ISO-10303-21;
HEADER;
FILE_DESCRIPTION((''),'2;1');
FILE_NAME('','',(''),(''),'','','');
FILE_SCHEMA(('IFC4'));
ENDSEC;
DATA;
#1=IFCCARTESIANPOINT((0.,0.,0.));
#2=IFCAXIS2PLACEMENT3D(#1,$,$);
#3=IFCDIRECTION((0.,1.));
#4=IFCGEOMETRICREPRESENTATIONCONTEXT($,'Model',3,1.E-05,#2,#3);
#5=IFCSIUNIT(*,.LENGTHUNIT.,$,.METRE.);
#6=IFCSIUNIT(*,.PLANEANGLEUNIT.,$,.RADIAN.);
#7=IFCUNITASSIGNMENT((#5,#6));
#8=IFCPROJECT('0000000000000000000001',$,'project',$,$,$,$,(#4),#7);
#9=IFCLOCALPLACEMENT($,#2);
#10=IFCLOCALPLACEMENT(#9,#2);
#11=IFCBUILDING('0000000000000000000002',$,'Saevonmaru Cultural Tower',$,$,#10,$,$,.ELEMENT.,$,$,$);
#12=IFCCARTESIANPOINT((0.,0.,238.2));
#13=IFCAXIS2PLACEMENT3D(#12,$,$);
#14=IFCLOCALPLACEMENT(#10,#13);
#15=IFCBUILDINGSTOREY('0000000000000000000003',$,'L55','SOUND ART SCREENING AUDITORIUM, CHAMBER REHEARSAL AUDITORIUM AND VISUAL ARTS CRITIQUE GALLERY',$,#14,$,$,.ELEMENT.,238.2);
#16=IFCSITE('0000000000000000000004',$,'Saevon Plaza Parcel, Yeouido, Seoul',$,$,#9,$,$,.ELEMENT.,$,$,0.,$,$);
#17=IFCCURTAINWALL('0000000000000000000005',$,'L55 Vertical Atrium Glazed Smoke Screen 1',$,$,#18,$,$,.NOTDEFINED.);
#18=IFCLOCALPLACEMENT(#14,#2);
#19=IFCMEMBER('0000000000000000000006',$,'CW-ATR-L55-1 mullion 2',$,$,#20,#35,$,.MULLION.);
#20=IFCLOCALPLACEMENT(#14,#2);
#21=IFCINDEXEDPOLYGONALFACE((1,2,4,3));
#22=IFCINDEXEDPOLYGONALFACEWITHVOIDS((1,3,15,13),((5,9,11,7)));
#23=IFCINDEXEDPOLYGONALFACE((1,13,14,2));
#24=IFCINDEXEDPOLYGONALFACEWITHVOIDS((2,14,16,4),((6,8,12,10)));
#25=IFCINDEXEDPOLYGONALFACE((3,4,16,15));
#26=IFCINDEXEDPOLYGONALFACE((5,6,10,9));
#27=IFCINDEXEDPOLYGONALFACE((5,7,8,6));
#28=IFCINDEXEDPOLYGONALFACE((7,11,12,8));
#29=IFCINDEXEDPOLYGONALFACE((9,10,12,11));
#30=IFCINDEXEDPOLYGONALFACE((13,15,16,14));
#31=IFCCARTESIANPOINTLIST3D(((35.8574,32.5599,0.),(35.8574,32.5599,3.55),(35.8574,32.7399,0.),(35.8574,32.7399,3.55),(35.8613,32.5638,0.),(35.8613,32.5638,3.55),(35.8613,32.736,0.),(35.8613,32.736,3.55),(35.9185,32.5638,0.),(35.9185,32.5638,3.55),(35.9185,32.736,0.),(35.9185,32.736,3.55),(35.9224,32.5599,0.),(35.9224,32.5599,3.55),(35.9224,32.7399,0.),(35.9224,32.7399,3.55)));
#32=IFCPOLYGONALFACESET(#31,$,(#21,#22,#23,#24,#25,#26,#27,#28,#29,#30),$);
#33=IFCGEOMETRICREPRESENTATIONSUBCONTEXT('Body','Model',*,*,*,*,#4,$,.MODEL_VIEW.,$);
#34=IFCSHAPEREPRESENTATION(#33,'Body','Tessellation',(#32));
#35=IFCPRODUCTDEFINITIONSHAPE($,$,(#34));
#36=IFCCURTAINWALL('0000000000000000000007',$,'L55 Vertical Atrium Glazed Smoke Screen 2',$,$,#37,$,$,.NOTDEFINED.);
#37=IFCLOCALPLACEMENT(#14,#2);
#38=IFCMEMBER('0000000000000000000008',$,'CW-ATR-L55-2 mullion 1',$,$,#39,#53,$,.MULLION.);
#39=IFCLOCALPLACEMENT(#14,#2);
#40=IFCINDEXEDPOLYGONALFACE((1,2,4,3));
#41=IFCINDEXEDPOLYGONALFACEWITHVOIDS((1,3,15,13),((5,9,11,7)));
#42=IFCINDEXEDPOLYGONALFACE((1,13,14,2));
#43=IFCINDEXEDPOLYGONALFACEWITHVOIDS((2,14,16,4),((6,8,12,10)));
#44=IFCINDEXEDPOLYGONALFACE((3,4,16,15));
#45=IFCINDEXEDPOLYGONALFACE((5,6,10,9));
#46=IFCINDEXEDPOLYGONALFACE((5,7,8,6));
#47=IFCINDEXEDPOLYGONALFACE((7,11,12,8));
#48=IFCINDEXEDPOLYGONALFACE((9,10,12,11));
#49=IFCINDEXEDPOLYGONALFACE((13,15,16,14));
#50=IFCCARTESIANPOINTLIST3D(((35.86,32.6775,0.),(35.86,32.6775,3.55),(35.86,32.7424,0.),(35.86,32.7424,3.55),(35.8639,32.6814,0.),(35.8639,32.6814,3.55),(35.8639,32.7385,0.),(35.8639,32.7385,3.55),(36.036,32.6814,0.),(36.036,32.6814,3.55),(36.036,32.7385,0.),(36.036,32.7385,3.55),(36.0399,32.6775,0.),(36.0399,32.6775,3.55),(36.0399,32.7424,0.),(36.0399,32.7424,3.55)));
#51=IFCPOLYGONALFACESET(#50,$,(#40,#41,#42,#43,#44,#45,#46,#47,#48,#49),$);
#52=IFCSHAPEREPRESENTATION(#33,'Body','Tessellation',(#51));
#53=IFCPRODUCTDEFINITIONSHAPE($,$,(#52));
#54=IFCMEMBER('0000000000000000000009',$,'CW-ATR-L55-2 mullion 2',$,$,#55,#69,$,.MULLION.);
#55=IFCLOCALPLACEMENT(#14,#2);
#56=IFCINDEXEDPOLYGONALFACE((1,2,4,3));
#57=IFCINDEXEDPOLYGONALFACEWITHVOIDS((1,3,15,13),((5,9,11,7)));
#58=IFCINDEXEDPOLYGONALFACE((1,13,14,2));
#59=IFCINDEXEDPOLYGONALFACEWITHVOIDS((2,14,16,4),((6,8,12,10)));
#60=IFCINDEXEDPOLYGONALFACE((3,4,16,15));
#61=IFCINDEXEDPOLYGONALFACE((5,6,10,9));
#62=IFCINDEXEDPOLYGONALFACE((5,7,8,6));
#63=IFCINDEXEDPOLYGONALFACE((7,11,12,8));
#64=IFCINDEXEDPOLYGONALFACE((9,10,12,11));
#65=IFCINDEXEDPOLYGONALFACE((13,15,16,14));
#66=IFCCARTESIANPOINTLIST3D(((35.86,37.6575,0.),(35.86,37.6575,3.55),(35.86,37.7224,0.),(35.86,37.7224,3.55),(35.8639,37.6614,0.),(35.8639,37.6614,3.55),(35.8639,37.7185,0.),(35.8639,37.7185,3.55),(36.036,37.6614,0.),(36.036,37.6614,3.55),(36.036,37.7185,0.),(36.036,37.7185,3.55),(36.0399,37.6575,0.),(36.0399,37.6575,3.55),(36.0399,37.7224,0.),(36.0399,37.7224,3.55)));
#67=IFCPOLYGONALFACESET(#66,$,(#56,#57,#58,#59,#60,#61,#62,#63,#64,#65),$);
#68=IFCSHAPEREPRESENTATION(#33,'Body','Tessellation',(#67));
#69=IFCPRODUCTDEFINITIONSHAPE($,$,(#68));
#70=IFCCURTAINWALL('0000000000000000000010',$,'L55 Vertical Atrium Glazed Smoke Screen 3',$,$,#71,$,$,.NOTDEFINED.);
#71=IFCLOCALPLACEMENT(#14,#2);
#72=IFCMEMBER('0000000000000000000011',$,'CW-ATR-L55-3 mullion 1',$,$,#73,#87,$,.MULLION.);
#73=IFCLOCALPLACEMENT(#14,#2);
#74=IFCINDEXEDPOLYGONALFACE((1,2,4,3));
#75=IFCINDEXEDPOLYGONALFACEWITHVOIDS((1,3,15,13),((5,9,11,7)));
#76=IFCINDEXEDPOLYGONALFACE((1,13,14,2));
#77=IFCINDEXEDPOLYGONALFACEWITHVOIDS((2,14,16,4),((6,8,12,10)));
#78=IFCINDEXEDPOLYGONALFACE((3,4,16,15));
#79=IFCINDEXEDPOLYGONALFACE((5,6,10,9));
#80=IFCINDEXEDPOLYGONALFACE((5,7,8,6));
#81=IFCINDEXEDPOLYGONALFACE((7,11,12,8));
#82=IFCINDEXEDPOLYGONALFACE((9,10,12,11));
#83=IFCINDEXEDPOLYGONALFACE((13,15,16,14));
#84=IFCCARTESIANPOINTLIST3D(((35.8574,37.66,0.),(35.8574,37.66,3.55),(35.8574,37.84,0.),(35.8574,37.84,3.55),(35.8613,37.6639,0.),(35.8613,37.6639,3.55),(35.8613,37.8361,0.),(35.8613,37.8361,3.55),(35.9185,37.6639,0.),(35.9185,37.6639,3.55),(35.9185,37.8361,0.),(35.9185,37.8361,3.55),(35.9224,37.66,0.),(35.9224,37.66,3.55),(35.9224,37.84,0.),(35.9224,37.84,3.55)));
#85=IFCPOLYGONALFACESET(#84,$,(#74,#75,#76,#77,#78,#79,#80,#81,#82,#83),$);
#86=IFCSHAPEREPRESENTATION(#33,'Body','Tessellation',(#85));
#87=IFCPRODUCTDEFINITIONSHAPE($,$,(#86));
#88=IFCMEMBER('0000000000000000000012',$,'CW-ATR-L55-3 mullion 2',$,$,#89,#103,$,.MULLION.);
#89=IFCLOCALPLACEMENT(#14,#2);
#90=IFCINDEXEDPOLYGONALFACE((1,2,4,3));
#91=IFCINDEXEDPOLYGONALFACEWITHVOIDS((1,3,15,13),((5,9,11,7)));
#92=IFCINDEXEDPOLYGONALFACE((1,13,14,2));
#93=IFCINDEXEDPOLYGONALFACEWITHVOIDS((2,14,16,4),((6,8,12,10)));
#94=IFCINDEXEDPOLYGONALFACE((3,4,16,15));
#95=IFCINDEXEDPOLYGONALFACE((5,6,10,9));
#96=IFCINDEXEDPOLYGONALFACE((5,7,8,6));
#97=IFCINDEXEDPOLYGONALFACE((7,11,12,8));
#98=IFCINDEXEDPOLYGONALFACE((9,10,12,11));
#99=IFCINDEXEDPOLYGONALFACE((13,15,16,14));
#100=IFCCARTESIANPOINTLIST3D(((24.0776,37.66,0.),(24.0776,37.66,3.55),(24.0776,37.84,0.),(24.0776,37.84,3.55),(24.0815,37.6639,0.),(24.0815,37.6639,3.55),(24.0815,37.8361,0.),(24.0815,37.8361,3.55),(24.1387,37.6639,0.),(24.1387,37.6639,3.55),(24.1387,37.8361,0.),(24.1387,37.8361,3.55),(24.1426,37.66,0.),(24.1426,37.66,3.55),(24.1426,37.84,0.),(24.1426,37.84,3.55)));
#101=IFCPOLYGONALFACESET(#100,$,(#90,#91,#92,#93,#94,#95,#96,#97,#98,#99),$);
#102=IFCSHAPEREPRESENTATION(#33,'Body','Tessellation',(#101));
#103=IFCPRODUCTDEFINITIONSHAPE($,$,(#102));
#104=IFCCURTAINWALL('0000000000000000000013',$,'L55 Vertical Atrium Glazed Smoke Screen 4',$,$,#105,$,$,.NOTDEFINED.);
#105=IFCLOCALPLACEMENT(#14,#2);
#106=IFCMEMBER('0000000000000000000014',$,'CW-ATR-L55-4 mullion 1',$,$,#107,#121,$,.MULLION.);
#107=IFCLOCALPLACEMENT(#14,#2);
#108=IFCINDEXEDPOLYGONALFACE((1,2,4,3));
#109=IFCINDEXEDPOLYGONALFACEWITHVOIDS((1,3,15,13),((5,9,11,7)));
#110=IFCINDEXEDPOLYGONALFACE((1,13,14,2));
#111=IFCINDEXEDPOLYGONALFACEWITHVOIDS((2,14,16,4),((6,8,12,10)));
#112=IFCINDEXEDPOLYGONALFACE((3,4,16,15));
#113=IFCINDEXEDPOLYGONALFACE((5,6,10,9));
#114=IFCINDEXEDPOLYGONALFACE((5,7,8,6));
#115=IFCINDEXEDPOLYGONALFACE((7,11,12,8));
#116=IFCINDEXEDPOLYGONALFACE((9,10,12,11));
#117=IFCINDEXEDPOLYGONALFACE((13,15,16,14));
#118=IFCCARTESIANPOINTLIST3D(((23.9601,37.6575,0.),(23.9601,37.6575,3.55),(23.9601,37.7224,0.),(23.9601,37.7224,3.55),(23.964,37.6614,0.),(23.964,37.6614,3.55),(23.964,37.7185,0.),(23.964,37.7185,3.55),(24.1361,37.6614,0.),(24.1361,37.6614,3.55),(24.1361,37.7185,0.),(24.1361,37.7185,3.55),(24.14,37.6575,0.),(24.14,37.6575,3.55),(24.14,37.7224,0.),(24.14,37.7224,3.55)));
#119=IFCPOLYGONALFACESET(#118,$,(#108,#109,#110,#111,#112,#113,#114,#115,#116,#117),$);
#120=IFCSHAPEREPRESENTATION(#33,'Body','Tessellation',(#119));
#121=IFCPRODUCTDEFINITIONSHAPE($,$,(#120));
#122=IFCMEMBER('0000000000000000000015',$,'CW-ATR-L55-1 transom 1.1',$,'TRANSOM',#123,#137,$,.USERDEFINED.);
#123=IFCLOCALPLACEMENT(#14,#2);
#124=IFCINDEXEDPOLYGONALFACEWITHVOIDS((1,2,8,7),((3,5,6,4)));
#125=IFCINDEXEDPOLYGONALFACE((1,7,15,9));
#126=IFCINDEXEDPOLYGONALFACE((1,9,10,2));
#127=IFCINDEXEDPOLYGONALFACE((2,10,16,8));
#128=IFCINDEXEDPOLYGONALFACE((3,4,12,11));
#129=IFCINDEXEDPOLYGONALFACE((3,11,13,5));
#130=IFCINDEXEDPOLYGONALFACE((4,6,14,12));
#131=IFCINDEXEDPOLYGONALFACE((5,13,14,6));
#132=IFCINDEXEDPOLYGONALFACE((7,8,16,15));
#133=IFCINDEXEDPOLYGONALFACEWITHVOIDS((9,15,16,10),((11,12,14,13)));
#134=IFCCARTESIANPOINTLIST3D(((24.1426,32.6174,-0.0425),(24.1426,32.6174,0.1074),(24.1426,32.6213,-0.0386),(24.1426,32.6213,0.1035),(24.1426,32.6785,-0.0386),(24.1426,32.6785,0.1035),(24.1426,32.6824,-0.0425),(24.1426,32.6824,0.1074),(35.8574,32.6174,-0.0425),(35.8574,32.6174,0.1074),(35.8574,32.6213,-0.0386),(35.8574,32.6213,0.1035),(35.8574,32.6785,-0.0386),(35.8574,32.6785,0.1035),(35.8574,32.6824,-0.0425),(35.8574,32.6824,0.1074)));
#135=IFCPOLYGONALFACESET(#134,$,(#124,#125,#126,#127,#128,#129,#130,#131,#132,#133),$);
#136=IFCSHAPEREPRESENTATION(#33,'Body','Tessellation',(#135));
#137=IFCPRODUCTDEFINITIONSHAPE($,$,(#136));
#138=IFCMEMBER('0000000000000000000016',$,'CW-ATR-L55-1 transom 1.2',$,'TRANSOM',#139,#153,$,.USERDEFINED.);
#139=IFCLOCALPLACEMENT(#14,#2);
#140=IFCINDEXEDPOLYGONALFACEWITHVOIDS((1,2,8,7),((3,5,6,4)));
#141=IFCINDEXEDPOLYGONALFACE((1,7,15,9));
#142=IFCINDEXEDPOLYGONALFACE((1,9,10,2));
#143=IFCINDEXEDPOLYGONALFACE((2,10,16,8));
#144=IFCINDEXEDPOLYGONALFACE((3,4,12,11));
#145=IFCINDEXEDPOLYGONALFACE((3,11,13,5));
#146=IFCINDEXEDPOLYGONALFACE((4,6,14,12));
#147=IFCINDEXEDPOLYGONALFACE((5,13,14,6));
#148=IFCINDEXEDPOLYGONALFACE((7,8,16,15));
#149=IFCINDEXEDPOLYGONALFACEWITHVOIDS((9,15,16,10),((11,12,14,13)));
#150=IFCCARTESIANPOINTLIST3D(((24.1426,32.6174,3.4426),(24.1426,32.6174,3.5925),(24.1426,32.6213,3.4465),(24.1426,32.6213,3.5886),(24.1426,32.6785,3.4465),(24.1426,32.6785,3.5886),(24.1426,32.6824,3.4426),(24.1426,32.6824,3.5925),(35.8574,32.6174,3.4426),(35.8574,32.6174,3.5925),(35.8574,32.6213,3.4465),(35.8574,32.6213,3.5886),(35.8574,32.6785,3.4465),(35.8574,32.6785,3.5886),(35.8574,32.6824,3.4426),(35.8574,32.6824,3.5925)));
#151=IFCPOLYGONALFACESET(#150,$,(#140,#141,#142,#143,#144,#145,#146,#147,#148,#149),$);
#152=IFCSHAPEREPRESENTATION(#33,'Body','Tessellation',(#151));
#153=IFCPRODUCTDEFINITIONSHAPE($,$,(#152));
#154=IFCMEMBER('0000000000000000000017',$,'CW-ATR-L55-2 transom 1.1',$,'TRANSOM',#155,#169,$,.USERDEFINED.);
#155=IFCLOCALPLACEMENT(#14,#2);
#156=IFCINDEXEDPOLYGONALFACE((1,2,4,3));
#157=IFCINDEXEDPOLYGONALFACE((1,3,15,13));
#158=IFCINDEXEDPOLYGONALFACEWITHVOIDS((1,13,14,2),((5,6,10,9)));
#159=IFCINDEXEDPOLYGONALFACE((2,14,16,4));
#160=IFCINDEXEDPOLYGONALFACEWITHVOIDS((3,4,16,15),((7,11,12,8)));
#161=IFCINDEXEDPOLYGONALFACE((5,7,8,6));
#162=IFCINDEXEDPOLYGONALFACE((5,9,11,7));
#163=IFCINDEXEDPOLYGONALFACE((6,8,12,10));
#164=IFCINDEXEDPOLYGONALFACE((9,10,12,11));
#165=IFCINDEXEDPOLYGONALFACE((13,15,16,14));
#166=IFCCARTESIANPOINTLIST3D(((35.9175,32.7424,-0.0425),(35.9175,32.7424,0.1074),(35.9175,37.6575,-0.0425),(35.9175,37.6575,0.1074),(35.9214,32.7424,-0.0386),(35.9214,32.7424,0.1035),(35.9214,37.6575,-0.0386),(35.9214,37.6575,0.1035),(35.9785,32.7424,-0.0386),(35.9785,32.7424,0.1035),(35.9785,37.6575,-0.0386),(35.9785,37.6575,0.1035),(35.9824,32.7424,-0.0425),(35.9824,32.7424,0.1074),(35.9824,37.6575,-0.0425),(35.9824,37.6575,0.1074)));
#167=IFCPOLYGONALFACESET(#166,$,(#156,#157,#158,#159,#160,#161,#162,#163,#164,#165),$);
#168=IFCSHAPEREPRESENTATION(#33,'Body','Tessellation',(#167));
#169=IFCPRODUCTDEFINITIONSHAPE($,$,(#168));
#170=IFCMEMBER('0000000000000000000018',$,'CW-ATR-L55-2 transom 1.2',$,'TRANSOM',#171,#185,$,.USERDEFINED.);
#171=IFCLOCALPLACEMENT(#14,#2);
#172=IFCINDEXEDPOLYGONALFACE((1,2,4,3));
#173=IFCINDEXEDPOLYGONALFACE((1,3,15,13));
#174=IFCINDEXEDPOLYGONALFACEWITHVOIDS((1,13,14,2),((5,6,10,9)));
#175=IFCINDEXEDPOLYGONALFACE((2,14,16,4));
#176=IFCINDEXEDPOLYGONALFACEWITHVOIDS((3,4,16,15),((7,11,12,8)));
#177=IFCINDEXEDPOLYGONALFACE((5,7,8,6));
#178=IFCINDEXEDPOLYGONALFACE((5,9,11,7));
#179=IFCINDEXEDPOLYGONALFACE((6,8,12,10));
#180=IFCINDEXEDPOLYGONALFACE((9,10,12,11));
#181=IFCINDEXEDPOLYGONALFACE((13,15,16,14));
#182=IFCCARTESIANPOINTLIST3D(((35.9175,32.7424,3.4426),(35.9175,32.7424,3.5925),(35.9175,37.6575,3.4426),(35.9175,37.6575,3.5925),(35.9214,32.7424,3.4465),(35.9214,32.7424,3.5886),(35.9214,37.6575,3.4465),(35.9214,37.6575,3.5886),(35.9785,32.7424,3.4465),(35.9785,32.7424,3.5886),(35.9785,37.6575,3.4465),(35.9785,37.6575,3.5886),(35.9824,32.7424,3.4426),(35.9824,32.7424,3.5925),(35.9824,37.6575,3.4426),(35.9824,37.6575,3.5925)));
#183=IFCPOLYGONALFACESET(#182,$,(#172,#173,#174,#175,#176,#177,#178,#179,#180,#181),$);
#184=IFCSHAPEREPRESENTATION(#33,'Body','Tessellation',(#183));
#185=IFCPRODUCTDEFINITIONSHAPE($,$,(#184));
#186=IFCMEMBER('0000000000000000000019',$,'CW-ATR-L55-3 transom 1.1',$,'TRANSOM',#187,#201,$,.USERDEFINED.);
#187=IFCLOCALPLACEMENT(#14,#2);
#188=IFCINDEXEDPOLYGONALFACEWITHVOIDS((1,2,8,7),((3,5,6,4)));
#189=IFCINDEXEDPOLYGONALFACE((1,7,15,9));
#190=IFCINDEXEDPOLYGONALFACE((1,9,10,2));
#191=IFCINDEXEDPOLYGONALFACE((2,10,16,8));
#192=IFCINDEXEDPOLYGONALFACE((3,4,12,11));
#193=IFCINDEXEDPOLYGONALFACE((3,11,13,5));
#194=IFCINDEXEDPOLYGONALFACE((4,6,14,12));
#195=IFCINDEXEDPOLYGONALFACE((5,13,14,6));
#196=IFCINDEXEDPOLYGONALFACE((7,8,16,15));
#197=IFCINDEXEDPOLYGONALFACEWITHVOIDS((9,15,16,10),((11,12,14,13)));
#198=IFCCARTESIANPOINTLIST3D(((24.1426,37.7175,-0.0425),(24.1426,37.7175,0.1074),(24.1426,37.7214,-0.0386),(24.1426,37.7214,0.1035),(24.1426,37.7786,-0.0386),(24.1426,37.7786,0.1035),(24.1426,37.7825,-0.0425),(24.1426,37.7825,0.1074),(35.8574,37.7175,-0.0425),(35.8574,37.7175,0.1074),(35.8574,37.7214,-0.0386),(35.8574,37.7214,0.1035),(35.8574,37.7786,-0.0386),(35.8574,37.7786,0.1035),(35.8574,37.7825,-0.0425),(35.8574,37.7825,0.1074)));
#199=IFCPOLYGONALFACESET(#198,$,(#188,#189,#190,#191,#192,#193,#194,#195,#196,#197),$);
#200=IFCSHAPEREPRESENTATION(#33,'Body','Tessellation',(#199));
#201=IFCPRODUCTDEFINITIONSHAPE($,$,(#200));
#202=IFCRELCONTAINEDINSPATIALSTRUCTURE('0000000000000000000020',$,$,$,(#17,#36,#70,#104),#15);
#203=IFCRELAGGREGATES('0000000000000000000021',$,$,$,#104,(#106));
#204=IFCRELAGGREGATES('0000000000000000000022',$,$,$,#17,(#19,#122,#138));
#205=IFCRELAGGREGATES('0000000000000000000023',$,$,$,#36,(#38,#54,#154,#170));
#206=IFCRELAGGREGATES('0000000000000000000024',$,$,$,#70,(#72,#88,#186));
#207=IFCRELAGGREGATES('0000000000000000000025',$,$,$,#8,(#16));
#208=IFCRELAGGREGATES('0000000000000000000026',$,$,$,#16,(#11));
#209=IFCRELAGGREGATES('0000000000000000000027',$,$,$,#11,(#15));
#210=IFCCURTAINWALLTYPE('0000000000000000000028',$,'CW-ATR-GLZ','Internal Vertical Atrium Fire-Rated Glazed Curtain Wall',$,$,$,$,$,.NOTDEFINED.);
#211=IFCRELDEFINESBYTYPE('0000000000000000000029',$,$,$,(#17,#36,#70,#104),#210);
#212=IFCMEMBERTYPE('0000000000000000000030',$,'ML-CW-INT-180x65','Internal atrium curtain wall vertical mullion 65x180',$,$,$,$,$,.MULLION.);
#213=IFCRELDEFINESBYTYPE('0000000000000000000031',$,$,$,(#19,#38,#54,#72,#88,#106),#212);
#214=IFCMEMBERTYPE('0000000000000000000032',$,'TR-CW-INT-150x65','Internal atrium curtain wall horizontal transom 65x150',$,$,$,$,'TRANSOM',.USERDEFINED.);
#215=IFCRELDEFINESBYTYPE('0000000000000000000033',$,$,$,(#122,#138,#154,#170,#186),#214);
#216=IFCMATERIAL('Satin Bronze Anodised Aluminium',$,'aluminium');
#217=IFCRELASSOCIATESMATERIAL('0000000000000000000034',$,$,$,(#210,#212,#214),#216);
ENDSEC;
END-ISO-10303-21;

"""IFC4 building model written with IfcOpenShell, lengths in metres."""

from ifc_helpers import new_model, si_unit, direction, frame, origin, origin_2d, place, context, subcontext, project, spatial, hollow_rectangle, extrude, material, material_profile, profile_set, type_object, element, aggregate, save


model = new_model("IFC4")

# Units and contexts
model_context = context("Model", 3, precision=1e-05, world=origin(), true_north=direction((0.0, 1.0)))
body_context = subcontext(model_context, "Body", "Model", "MODEL_VIEW")
ifc_project = project(units=[si_unit("LENGTHUNIT", "METRE"), si_unit("PLANEANGLEUNIT", "RADIAN")], contexts=[model_context])

# Site, building, storey
site_placement = place(None, origin())
site = spatial("IfcSite", under=ifc_project, at=site_placement, Name="Saevon Plaza Parcel, Yeouido, Seoul", CompositionType="ELEMENT", RefElevation=0.0)
building_placement = place(site_placement, origin())
building = spatial("IfcBuilding", under=site, at=building_placement, Name="Saevonmaru Cultural Tower", CompositionType="ELEMENT")
storey_placement = place(building_placement, frame((0.0, 0.0, 238.2)))
storey = spatial("IfcBuildingStorey", under=building, at=storey_placement, Name="L55", Description="SOUND ART SCREENING AUDITORIUM, CHAMBER REHEARSAL AUDITORIUM AND VISUAL ARTS CRITIQUE GALLERY", CompositionType="ELEMENT", Elevation=238.2)

# Curtain wall, member
ifc_material_1 = material(Name="Satin Bronze Anodised Aluminium", Category="aluminium")
curtain_wall_type = type_object("IfcCurtainWallType", Name="CW-ATR-GLZ", Description="Internal Vertical Atrium Fire-Rated Glazed Curtain Wall", PredefinedType="NOTDEFINED", material=ifc_material_1)
curtain_wall_1_placement = place(storey_placement, origin())
curtain_wall_1 = element("IfcCurtainWall", 1, at=curtain_wall_1_placement, inside=storey, type_object=curtain_wall_type, Name="L55 Vertical Atrium Glazed Smoke Screen 1", PredefinedType="NOTDEFINED")
ifc_material_profile_1 = material_profile(ifc_material_1, hollow_rectangle(XDim=0.0649, YDim=0.1799, WallThickness=0.0039, at=origin_2d()), Name="ALU-MULL-180x65x4")
ifc_profile_set_1 = profile_set([ifc_material_profile_1], Name="Satin Bronze Anodised Aluminium")
member_type_1 = type_object("IfcMemberType", Name="ML-CW-INT-180x65", Description="Internal atrium curtain wall vertical mullion 65x180", PredefinedType="MULLION", material=ifc_profile_set_1)
member_1_placement = place(storey_placement, frame((35.8899, 32.6499, 0.0), z_axis=(0.0, 0.0, 1.0), x_axis=(1.0, 0.0, 0.0)))
member_1 = element("IfcMember", 2, at=member_1_placement, type_object=member_type_1, Name="CW-ATR-L55-1 mullion 2", PredefinedType="MULLION", context=body_context, shape_type="SweptSolid", body=[
    extrude(hollow_rectangle(XDim=0.0649, YDim=0.1799, WallThickness=0.0039, at=origin_2d()), origin(), (0.0, 0.0, 1.0), 3.55),
])

# Curtain walls, members
curtain_wall_2_placement = place(storey_placement, origin())
curtain_wall_2 = element("IfcCurtainWall", 3, at=curtain_wall_2_placement, inside=storey, type_object=curtain_wall_type, Name="L55 Vertical Atrium Glazed Smoke Screen 2", PredefinedType="NOTDEFINED")
member_2_placement = place(storey_placement, frame((35.95, 32.71, 0.0), z_axis=(0.0, 0.0, 1.0), x_axis=(0.0, 1.0, 0.0)))
member_2 = element("IfcMember", 4, at=member_2_placement, type_object=member_type_1, Name="CW-ATR-L55-2 mullion 1", PredefinedType="MULLION", context=body_context, shape_type="SweptSolid", body=[
    extrude(hollow_rectangle(XDim=0.0649, YDim=0.1799, WallThickness=0.0039, at=origin_2d()), origin(), (0.0, 0.0, 1.0), 3.55),
])
member_3_placement = place(storey_placement, frame((35.95, 37.6899, 0.0), z_axis=(0.0, 0.0, 1.0), x_axis=(0.0, 1.0, 0.0)))
member_3 = element("IfcMember", 5, at=member_3_placement, type_object=member_type_1, Name="CW-ATR-L55-2 mullion 2", PredefinedType="MULLION", context=body_context, shape_type="SweptSolid", body=[
    extrude(hollow_rectangle(XDim=0.0649, YDim=0.1799, WallThickness=0.0039, at=origin_2d()), origin(), (0.0, 0.0, 1.0), 3.55),
])
curtain_wall_3_placement = place(storey_placement, origin())
curtain_wall_3 = element("IfcCurtainWall", 6, at=curtain_wall_3_placement, inside=storey, type_object=curtain_wall_type, Name="L55 Vertical Atrium Glazed Smoke Screen 3", PredefinedType="NOTDEFINED")
member_4_placement = place(storey_placement, frame((35.8899, 37.75, 0.0), z_axis=(0.0, 0.0, 1.0), x_axis=(-1.0, 0.0, 0.0)))
member_4 = element("IfcMember", 7, at=member_4_placement, type_object=member_type_1, Name="CW-ATR-L55-3 mullion 1", PredefinedType="MULLION", context=body_context, shape_type="SweptSolid", body=[
    extrude(hollow_rectangle(XDim=0.0649, YDim=0.1799, WallThickness=0.0039, at=origin_2d()), origin(), (0.0, 0.0, 1.0), 3.55),
])
member_5_placement = place(storey_placement, frame((24.1101, 37.75, 0.0), z_axis=(0.0, 0.0, 1.0), x_axis=(-1.0, 0.0, 0.0)))
member_5 = element("IfcMember", 8, at=member_5_placement, type_object=member_type_1, Name="CW-ATR-L55-3 mullion 2", PredefinedType="MULLION", context=body_context, shape_type="SweptSolid", body=[
    extrude(hollow_rectangle(XDim=0.0649, YDim=0.1799, WallThickness=0.0039, at=origin_2d()), origin(), (0.0, 0.0, 1.0), 3.55),
])

# Curtain wall, member
curtain_wall_4_placement = place(storey_placement, origin())
curtain_wall_4 = element("IfcCurtainWall", 9, at=curtain_wall_4_placement, inside=storey, type_object=curtain_wall_type, Name="L55 Vertical Atrium Glazed Smoke Screen 4", PredefinedType="NOTDEFINED")
member_6_placement = place(storey_placement, frame((24.05, 37.6899, 0.0), z_axis=(0.0, 0.0, 1.0), x_axis=(0.0, -1.0, 0.0)))
member_6 = element("IfcMember", 10, at=member_6_placement, type_object=member_type_1, Name="CW-ATR-L55-4 mullion 1", PredefinedType="MULLION", context=body_context, shape_type="SweptSolid", body=[
    extrude(hollow_rectangle(XDim=0.0649, YDim=0.1799, WallThickness=0.0039, at=origin_2d()), origin(), (0.0, 0.0, 1.0), 3.55),
])
aggregate(curtain_wall_4, [member_6])

# Members
ifc_material_profile_2 = material_profile(ifc_material_1, hollow_rectangle(XDim=0.0649, YDim=0.1499, WallThickness=0.0039, at=origin_2d()), Name="ALU-TRAN-150x65x4")
ifc_profile_set_2 = profile_set([ifc_material_profile_2], Name="Satin Bronze Anodised Aluminium")
member_type_2 = type_object("IfcMemberType", Name="TR-CW-INT-150x65", Description="Internal atrium curtain wall horizontal transom 65x150", ElementType="TRANSOM", PredefinedType="USERDEFINED", material=ifc_profile_set_2)
member_7_placement = place(storey_placement, frame((24.1426, 32.6499, 0.0325), z_axis=(1.0, 0.0, 0.0), x_axis=(0.0, 1.0, 0.0)))
member_7 = element("IfcMember", 11, at=member_7_placement, type_object=member_type_2, Name="CW-ATR-L55-1 transom 1.1", ObjectType="TRANSOM", PredefinedType="USERDEFINED", context=body_context, shape_type="SweptSolid", body=[
    extrude(hollow_rectangle(XDim=0.0649, YDim=0.1499, WallThickness=0.0039, at=origin_2d()), origin(), (0.0, 0.0, 1.0), 11.7148),
])
member_8_placement = place(storey_placement, frame((24.1426, 32.6499, 3.5176), z_axis=(1.0, 0.0, 0.0), x_axis=(0.0, 1.0, 0.0)))
member_8 = element("IfcMember", 12, at=member_8_placement, type_object=member_type_2, Name="CW-ATR-L55-1 transom 1.2", ObjectType="TRANSOM", PredefinedType="USERDEFINED", context=body_context, shape_type="SweptSolid", body=[
    extrude(hollow_rectangle(XDim=0.0649, YDim=0.1499, WallThickness=0.0039, at=origin_2d()), origin(), (0.0, 0.0, 1.0), 11.7148),
])
member_9_placement = place(storey_placement, frame((35.95, 32.7424, 0.0325), z_axis=(0.0, 1.0, 0.0), x_axis=(-1.0, 0.0, 0.0)))
member_9 = element("IfcMember", 13, at=member_9_placement, type_object=member_type_2, Name="CW-ATR-L55-2 transom 1.1", ObjectType="TRANSOM", PredefinedType="USERDEFINED", context=body_context, shape_type="SweptSolid", body=[
    extrude(hollow_rectangle(XDim=0.0649, YDim=0.1499, WallThickness=0.0039, at=origin_2d()), origin(), (0.0, 0.0, 1.0), 4.915),
])
member_10_placement = place(storey_placement, frame((35.95, 32.7424, 3.5176), z_axis=(0.0, 1.0, 0.0), x_axis=(-1.0, 0.0, 0.0)))
member_10 = element("IfcMember", 14, at=member_10_placement, type_object=member_type_2, Name="CW-ATR-L55-2 transom 1.2", ObjectType="TRANSOM", PredefinedType="USERDEFINED", context=body_context, shape_type="SweptSolid", body=[
    extrude(hollow_rectangle(XDim=0.0649, YDim=0.1499, WallThickness=0.0039, at=origin_2d()), origin(), (0.0, 0.0, 1.0), 4.915),
])
member_11_placement = place(storey_placement, frame((35.8574, 37.75, 0.0325), z_axis=(-1.0, 0.0, 0.0), x_axis=(0.0, -1.0, 0.0)))
member_11 = element("IfcMember", 15, at=member_11_placement, type_object=member_type_2, Name="CW-ATR-L55-3 transom 1.1", ObjectType="TRANSOM", PredefinedType="USERDEFINED", context=body_context, shape_type="SweptSolid", body=[
    extrude(hollow_rectangle(XDim=0.0649, YDim=0.1499, WallThickness=0.0039, at=origin_2d()), origin(), (0.0, 0.0, 1.0), 11.7148),
])

aggregate(curtain_wall_1, [member_1, member_7, member_8])
aggregate(curtain_wall_2, [member_2, member_3, member_9, member_10])
aggregate(curtain_wall_3, [member_4, member_5, member_11])

save(model, "model.ifc")
